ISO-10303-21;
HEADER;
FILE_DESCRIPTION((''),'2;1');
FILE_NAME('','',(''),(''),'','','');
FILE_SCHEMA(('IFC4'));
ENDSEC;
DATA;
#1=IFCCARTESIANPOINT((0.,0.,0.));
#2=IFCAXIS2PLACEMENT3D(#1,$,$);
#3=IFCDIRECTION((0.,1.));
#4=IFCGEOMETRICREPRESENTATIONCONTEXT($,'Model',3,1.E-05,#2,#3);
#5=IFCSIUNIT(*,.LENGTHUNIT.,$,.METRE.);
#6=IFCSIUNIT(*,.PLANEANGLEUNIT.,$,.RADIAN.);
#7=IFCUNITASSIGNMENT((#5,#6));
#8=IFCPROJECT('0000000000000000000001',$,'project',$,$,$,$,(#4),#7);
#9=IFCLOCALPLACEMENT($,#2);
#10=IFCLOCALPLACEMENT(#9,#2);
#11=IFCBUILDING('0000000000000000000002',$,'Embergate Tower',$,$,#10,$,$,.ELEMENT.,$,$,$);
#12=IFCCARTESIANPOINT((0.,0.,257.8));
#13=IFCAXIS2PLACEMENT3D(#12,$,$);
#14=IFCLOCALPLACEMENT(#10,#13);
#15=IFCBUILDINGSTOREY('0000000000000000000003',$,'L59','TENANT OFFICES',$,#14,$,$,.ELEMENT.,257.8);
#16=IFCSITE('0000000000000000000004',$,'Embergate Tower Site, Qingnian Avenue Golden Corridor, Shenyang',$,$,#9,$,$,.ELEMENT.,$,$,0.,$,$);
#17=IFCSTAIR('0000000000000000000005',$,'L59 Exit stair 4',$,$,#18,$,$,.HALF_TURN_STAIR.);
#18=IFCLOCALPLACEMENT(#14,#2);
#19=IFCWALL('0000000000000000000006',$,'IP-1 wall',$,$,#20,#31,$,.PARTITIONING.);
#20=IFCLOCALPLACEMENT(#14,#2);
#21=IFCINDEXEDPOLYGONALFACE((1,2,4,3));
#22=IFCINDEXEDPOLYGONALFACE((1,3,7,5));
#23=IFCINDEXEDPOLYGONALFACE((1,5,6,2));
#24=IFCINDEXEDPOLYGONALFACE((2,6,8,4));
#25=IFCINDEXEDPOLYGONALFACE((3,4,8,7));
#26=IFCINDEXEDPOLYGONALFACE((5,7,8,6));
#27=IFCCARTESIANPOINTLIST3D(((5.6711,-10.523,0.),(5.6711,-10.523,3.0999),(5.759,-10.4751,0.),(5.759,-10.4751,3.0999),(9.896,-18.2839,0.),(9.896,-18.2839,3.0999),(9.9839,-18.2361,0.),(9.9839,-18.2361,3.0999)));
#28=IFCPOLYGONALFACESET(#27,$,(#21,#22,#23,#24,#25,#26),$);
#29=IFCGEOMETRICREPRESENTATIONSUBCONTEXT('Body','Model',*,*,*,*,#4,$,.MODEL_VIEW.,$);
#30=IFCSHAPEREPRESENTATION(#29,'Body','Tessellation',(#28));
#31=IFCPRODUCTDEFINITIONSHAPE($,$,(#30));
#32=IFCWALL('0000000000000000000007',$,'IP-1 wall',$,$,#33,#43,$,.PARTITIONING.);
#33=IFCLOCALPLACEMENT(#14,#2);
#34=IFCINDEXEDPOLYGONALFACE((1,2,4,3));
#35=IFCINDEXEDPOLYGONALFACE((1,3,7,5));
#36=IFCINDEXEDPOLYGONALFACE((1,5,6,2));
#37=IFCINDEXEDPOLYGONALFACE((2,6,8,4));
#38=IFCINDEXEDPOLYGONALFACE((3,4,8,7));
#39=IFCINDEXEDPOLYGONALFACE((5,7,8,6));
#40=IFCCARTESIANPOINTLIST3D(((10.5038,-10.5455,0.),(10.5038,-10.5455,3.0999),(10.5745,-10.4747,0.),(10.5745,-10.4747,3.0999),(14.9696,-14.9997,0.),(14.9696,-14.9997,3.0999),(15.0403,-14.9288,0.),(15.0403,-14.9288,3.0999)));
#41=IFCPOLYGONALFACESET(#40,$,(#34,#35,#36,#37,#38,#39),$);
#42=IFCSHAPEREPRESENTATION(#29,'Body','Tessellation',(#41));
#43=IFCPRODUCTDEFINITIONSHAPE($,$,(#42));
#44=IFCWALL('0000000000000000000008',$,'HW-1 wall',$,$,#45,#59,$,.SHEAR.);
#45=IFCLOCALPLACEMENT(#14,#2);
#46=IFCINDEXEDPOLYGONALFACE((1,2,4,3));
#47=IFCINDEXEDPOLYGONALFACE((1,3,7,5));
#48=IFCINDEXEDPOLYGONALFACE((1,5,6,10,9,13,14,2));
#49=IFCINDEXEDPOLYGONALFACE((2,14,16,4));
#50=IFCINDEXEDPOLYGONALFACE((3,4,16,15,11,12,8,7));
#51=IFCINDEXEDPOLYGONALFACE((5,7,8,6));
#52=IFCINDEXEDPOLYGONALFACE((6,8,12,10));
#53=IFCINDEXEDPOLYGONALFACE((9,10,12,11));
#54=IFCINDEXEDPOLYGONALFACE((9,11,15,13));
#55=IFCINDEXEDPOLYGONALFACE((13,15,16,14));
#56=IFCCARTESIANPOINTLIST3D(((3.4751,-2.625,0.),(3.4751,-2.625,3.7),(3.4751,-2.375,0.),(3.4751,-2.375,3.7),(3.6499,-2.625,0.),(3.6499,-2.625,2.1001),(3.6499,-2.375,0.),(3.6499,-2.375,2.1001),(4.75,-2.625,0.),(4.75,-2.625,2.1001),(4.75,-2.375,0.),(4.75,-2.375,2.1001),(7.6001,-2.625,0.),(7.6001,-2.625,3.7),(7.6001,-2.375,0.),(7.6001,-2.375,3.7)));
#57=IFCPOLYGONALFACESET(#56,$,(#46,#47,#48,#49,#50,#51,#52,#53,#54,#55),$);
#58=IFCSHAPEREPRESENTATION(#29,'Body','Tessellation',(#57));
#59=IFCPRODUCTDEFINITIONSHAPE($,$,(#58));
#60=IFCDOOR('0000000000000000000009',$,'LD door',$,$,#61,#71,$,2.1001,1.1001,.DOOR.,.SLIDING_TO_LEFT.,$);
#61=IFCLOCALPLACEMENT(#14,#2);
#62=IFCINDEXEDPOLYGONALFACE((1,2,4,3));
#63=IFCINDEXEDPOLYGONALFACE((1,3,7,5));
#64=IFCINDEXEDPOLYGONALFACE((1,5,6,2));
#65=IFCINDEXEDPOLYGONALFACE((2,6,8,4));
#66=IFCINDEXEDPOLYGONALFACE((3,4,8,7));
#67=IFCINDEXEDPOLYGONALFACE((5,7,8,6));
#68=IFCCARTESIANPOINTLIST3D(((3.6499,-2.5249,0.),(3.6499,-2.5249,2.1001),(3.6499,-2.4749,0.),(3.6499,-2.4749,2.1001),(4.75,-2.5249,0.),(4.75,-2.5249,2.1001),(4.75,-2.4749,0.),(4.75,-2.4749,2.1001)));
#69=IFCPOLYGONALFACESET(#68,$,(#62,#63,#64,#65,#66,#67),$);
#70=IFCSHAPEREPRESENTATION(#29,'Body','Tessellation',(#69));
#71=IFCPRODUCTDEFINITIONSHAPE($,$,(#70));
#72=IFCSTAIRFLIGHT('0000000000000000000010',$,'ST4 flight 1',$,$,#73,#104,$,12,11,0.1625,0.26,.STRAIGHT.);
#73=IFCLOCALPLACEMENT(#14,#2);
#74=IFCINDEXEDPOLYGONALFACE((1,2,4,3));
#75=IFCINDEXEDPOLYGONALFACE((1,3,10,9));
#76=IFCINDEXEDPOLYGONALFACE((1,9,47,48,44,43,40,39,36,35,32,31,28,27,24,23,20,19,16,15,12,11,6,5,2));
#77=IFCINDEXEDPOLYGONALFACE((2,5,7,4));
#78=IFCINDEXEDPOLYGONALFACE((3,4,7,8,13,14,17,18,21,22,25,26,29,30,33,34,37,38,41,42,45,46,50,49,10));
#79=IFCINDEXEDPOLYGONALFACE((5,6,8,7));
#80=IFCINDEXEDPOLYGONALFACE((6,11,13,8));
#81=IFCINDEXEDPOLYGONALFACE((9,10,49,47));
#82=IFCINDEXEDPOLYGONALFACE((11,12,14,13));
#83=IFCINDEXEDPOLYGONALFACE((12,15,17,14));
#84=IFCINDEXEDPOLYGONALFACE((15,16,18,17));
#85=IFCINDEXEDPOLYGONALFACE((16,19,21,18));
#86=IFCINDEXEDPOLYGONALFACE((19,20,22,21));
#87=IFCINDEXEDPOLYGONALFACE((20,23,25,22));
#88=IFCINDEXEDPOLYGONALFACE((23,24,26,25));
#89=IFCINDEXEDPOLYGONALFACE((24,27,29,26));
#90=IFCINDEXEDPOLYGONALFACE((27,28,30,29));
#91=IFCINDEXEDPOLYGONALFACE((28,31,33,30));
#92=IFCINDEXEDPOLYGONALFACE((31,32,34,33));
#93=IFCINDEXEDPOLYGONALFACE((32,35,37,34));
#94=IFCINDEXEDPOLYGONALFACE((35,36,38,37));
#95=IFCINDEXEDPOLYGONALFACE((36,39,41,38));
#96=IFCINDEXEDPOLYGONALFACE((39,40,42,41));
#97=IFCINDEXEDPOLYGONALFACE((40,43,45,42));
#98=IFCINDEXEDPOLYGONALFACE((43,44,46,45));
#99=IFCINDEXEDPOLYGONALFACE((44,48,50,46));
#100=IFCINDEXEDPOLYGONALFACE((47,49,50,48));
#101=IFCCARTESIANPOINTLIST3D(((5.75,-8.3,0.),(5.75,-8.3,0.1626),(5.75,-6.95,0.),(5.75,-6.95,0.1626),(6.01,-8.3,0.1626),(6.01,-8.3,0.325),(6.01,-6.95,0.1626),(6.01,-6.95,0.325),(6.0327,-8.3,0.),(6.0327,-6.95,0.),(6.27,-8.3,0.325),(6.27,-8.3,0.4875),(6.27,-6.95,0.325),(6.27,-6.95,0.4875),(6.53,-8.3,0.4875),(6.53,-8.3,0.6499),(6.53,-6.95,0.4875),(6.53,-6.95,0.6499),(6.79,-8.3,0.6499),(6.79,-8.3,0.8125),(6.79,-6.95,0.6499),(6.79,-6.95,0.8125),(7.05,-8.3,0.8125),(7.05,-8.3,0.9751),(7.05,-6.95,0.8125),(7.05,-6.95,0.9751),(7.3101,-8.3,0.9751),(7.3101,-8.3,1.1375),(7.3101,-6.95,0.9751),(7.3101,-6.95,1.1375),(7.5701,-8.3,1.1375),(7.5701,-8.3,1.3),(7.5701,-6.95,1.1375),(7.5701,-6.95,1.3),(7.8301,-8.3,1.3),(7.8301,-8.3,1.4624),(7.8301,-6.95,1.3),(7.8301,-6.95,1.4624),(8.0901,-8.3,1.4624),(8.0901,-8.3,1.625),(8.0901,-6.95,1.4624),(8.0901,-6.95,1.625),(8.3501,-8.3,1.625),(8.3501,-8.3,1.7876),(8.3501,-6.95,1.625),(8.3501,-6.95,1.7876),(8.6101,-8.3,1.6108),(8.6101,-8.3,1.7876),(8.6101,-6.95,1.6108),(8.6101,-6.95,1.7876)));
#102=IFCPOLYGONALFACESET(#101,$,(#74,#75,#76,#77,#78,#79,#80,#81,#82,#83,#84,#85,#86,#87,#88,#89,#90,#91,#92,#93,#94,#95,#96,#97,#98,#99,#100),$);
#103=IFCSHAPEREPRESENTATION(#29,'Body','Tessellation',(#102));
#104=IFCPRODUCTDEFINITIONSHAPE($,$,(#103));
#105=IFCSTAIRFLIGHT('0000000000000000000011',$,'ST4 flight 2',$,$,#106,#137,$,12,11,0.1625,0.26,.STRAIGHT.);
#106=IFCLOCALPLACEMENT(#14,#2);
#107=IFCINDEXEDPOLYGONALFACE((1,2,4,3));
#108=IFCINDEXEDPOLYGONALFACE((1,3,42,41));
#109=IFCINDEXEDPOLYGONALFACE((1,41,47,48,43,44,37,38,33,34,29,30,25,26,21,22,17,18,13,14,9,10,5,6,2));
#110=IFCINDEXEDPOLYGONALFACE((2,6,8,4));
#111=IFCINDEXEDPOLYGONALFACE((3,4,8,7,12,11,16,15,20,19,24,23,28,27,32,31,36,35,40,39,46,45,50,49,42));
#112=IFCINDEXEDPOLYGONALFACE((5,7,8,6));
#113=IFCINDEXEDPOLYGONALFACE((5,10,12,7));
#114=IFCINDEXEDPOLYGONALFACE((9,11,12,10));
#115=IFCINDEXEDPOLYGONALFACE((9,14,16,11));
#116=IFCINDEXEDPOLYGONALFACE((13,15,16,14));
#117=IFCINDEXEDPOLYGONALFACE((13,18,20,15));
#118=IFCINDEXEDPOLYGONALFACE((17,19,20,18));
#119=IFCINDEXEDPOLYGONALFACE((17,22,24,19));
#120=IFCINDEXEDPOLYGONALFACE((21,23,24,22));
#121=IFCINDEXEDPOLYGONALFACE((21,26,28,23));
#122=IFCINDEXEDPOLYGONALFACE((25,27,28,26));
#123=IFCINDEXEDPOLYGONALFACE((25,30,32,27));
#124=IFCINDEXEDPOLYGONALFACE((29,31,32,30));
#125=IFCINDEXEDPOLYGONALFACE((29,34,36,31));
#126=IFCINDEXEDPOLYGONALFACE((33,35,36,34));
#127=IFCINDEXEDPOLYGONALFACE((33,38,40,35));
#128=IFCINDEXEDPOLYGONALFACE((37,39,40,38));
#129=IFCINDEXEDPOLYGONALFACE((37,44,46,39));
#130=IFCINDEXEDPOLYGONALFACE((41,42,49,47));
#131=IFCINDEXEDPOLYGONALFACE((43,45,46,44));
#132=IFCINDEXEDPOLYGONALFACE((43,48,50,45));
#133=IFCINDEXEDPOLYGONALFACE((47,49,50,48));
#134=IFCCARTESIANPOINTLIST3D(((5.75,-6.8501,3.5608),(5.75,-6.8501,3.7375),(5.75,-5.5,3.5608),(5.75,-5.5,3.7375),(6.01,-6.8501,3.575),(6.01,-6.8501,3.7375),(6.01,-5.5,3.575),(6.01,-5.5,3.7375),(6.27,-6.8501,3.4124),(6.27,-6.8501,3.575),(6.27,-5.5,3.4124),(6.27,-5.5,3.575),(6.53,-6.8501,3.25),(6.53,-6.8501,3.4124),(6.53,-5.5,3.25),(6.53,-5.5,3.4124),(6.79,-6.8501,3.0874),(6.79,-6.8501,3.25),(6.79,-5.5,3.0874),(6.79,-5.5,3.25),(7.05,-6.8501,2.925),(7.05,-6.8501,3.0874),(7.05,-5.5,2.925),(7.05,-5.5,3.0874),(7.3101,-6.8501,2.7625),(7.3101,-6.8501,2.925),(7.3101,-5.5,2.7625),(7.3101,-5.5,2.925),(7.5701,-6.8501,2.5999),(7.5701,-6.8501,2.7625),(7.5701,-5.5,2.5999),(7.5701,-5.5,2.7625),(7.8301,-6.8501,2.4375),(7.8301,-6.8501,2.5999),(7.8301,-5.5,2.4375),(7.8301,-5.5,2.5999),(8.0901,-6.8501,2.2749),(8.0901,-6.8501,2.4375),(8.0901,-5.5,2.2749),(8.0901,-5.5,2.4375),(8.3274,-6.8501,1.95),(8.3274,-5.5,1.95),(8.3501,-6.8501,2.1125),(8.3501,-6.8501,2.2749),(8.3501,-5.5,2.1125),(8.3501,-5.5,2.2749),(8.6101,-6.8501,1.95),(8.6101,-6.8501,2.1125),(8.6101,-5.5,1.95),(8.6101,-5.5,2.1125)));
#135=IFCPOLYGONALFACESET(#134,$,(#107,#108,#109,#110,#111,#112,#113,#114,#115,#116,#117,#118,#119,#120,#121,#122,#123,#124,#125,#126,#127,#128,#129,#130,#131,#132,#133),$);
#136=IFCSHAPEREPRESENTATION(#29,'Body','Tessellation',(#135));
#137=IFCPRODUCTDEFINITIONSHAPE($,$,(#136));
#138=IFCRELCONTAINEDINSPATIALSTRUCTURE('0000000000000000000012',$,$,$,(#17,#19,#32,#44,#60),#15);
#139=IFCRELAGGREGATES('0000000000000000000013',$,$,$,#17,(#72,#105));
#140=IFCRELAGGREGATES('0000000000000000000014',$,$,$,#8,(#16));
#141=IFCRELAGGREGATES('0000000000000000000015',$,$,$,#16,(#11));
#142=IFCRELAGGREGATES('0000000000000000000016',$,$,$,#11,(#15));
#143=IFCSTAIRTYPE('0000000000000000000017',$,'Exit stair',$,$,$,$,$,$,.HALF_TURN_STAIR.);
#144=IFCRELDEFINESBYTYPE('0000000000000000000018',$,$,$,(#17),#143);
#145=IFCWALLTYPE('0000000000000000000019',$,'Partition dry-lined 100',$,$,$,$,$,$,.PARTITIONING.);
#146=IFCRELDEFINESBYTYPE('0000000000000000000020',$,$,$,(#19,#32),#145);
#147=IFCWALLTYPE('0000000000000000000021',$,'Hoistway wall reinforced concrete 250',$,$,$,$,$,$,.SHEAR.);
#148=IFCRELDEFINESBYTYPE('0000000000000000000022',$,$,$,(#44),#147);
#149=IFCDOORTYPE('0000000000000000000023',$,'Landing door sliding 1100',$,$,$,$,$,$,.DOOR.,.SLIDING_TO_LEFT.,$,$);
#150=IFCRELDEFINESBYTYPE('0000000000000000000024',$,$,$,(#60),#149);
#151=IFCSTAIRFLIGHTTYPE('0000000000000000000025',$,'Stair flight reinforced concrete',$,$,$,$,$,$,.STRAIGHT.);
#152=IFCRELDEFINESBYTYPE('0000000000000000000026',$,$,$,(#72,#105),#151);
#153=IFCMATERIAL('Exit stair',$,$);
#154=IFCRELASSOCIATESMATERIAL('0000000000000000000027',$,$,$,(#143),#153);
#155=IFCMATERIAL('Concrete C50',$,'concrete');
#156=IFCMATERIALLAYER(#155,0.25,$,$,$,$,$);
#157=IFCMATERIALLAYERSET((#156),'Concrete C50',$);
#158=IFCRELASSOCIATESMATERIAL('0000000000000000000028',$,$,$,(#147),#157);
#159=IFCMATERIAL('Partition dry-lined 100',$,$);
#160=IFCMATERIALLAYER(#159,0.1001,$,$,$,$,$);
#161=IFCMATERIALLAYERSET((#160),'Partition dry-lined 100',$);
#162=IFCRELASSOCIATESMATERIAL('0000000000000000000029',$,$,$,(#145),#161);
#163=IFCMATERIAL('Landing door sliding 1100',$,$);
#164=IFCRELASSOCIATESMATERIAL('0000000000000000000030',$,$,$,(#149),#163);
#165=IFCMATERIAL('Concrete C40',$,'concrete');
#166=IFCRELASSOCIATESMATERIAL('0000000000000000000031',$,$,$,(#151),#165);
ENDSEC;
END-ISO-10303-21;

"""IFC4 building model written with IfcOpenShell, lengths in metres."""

from ifc_helpers import new_model, si_unit, direction, frame, frame_2d, origin, place, context, subcontext, project, spatial, polyline, rectangle, outline, extrude, source, transform, mapped, material, layer, layer_set, type_object, element, fill, aggregate, save


model = new_model("IFC4")

# Units and contexts
model_context = context("Model", 3, precision=1e-05, world=origin(), true_north=direction((0.0, 1.0)))
body_context = subcontext(model_context, "Body", "Model", "MODEL_VIEW")
ifc_project = project(units=[si_unit("LENGTHUNIT", "METRE"), si_unit("PLANEANGLEUNIT", "RADIAN")], contexts=[model_context])

# Site, building, storey
site_placement = place(None, origin())
site = spatial("IfcSite", under=ifc_project, at=site_placement, Name="Embergate Tower Site, Qingnian Avenue Golden Corridor, Shenyang", CompositionType="ELEMENT", RefElevation=0.0)
building_placement = place(site_placement, origin())
building = spatial("IfcBuilding", under=site, at=building_placement, Name="Embergate Tower", CompositionType="ELEMENT")
storey_placement = place(building_placement, frame((0.0, 0.0, 257.8)))
storey = spatial("IfcBuildingStorey", under=building, at=storey_placement, Name="L59", Description="TENANT OFFICES", CompositionType="ELEMENT", Elevation=257.8)

# Stair
ifc_material_1 = material(Name="Exit stair")
stair_type = type_object("IfcStairType", Name="Exit stair", PredefinedType="HALF_TURN_STAIR", material=ifc_material_1)
stair_placement = place(storey_placement, origin())
stair = element("IfcStair", 1, at=stair_placement, inside=storey, type_object=stair_type, Name="L59 Exit stair 4", PredefinedType="HALF_TURN_STAIR")
ifc_material_2 = material(Name="Concrete C40", Category="concrete")

# Shared definitions
ifc_material_3 = material(Name="Concrete C50", Category="concrete")

# Shared definitions
ifc_layer_1 = layer(ifc_material_3, 0.25)
ifc_layer_set_1 = layer_set([ifc_layer_1], Name="Concrete C50")
wall_type_1 = type_object("IfcWallType", Name="Hoistway wall reinforced concrete 250", PredefinedType="SHEAR", material=ifc_layer_set_1)

# Walls
ifc_material_4 = material(Name="Partition dry-lined 100")
ifc_layer_2 = layer(ifc_material_4, 0.1001)
ifc_layer_set_2 = layer_set([ifc_layer_2], Name="Partition dry-lined 100")
wall_type_2 = type_object("IfcWallType", Name="Partition dry-lined 100", PredefinedType="PARTITIONING", material=ifc_layer_set_2)
shared_shape_1 = source(origin(), body_context, "Body", "SweptSolid", [
    extrude(rectangle(XDim=8.8364, YDim=0.1001, at=frame_2d((4.4182, 0.0))), origin(), (0.0, 0.0, 1.0), 3.0999),
])
wall_1_placement = place(storey_placement, frame((5.7151, -10.499, 0.0), z_axis=(0.0, 0.0, 1.0), x_axis=(0.478118, -0.878295, 0.0)))
element("IfcWall", 2, at=wall_1_placement, inside=storey, type_object=wall_type_2, Name="IP-1 wall", PredefinedType="PARTITIONING", context=body_context, shape_type="MappedRepresentation", body=[
    mapped(shared_shape_1, transform((0.0, 0.0, 0.0))),
])
shared_shape_2 = source(origin(), body_context, "Body", "SweptSolid", [
    extrude(rectangle(XDim=6.3074, YDim=0.1001, at=frame_2d((3.1538, 0.0))), origin(), (0.0, 0.0, 1.0), 3.0999),
])
wall_2_placement = place(storey_placement, frame((10.5391, -10.51, 0.0), z_axis=(0.0, 0.0, 1.0), x_axis=(0.708035, -0.706177, 0.0)))
element("IfcWall", 3, at=wall_2_placement, inside=storey, type_object=wall_type_2, Name="IP-1 wall", PredefinedType="PARTITIONING", context=body_context, shape_type="MappedRepresentation", body=[
    mapped(shared_shape_2, transform((0.0, 0.0, 0.0))),
])

# Wall, opening, door
shared_shape_3 = source(origin(), body_context, "Body", "SweptSolid", [
    extrude(rectangle(XDim=4.125, YDim=0.25, at=frame_2d((2.0625, 0.0))), origin(), (0.0, 0.0, 1.0), 3.7),
])
wall_3_placement = place(storey_placement, frame((7.6001, -2.5, 0.0), z_axis=(0.0, 0.0, 1.0), x_axis=(-1.0, 0.0, 0.0)))
wall_3 = element("IfcWall", 4, at=wall_3_placement, inside=storey, type_object=wall_type_1, Name="HW-1 wall", PredefinedType="SHEAR", context=body_context, shape_type="MappedRepresentation", body=[
    mapped(shared_shape_3, transform((0.0, 0.0, 0.0))),
])
shared_shape_4 = source(origin(), body_context, "Body", "SweptSolid", [
    extrude(rectangle(XDim=1.1001, YDim=2.1001, at=frame_2d((0.55, 1.05))), frame((0.0, 0.135, 0.0), z_axis=(0.0, -1.0, 0.0), x_axis=(1.0, 0.0, 0.0)), (0.0, 0.0, 1.0), 0.27),
])
opening_1_placement = place(wall_3_placement, frame((2.8501, 0.0, 0.0)))
opening_1 = element("IfcOpeningElement", 5, at=opening_1_placement, cuts=wall_3, PredefinedType="OPENING", context=body_context, shape_type="MappedRepresentation", body=[
    mapped(shared_shape_4, transform((0.0, 0.0, 0.0))),
])
ifc_material_5 = material(Name="Landing door sliding 1100")
door_type_1 = type_object("IfcDoorType", Name="Landing door sliding 1100", OperationType="SLIDING_TO_LEFT", PredefinedType="DOOR", material=ifc_material_5)
shared_shape_5 = source(origin(), body_context, "Body", "SweptSolid", [
    extrude(rectangle(XDim=1.1001, YDim=2.1001, at=frame_2d((0.55, 1.05))), frame((0.0, 0.0249, 0.0), z_axis=(0.0, -1.0, 0.0), x_axis=(1.0, 0.0, 0.0)), (0.0, 0.0, 1.0), 0.05),
])
door_1_placement = place(opening_1_placement, origin())
door_1 = element("IfcDoor", 6, at=door_1_placement, inside=storey, type_object=door_type_1, Name="LD door", OperationType="SLIDING_TO_LEFT", OverallHeight=2.1001, OverallWidth=1.1001, PredefinedType="DOOR", context=body_context, shape_type="MappedRepresentation", body=[
    mapped(shared_shape_5, transform((0.0, 0.0, 0.0))),
])
fill(opening_1, door_1)

# Stair flights
stair_flight_type = type_object("IfcStairFlightType", Name="Stair flight reinforced concrete", PredefinedType="STRAIGHT", material=ifc_material_2)
shared_shape_6 = source(origin(), body_context, "Body", "SweptSolid", [
    extrude(outline(polyline([(0.0, 0.0), (0.0, 0.1626), (0.26, 0.1626), (0.26, 0.325), (0.52, 0.325), (0.52, 0.4875), (0.78, 0.4875), (0.78, 0.6499), (1.04, 0.6499), (1.04, 0.8125), (1.3, 0.8125), (1.3, 0.9751), (1.5601, 0.9751), (1.5601, 1.1375), (1.8201, 1.1375), (1.8201, 1.3), (2.0801, 1.3), (2.0801, 1.4624), (2.3401, 1.4624), (2.3401, 1.625), (2.6001, 1.625), (2.6001, 1.7876), (2.8601, 1.7876), (2.8601, 1.95), (2.8601, 1.6108), (0.2827, 0.0), (0.0, 0.0)])), frame((0.0, 0.675, 0.0), z_axis=(0.0, -1.0, 0.0), x_axis=(1.0, 0.0, 0.0)), (0.0, 0.0, 1.0), 1.3501),
])
stair_flight_1_placement = place(storey_placement, frame((5.75, -7.625, 0.0), z_axis=(0.0, 0.0, 1.0), x_axis=(1.0, 0.0, 0.0)))
stair_flight_1 = element("IfcStairFlight", 7, at=stair_flight_1_placement, type_object=stair_flight_type, Name="ST4 flight 1", NumberOfRisers=12, NumberOfTreads=11, PredefinedType="STRAIGHT", RiserHeight=0.1625, TreadLength=0.26, context=body_context, shape_type="MappedRepresentation", body=[
    mapped(shared_shape_6, transform((0.0, 0.0, 0.0))),
])
stair_flight_2_placement = place(storey_placement, frame((8.6101, -6.175, 1.95), z_axis=(0.0, 0.0, 1.0), x_axis=(-1.0, 0.0, 0.0)))
stair_flight_2 = element("IfcStairFlight", 8, at=stair_flight_2_placement, type_object=stair_flight_type, Name="ST4 flight 2", NumberOfRisers=12, NumberOfTreads=11, PredefinedType="STRAIGHT", RiserHeight=0.1625, TreadLength=0.26, context=body_context, shape_type="MappedRepresentation", body=[
    mapped(shared_shape_6, transform((0.0, 0.0, 0.0))),
])
aggregate(stair, [stair_flight_1, stair_flight_2])

save(model, "model.ifc")
